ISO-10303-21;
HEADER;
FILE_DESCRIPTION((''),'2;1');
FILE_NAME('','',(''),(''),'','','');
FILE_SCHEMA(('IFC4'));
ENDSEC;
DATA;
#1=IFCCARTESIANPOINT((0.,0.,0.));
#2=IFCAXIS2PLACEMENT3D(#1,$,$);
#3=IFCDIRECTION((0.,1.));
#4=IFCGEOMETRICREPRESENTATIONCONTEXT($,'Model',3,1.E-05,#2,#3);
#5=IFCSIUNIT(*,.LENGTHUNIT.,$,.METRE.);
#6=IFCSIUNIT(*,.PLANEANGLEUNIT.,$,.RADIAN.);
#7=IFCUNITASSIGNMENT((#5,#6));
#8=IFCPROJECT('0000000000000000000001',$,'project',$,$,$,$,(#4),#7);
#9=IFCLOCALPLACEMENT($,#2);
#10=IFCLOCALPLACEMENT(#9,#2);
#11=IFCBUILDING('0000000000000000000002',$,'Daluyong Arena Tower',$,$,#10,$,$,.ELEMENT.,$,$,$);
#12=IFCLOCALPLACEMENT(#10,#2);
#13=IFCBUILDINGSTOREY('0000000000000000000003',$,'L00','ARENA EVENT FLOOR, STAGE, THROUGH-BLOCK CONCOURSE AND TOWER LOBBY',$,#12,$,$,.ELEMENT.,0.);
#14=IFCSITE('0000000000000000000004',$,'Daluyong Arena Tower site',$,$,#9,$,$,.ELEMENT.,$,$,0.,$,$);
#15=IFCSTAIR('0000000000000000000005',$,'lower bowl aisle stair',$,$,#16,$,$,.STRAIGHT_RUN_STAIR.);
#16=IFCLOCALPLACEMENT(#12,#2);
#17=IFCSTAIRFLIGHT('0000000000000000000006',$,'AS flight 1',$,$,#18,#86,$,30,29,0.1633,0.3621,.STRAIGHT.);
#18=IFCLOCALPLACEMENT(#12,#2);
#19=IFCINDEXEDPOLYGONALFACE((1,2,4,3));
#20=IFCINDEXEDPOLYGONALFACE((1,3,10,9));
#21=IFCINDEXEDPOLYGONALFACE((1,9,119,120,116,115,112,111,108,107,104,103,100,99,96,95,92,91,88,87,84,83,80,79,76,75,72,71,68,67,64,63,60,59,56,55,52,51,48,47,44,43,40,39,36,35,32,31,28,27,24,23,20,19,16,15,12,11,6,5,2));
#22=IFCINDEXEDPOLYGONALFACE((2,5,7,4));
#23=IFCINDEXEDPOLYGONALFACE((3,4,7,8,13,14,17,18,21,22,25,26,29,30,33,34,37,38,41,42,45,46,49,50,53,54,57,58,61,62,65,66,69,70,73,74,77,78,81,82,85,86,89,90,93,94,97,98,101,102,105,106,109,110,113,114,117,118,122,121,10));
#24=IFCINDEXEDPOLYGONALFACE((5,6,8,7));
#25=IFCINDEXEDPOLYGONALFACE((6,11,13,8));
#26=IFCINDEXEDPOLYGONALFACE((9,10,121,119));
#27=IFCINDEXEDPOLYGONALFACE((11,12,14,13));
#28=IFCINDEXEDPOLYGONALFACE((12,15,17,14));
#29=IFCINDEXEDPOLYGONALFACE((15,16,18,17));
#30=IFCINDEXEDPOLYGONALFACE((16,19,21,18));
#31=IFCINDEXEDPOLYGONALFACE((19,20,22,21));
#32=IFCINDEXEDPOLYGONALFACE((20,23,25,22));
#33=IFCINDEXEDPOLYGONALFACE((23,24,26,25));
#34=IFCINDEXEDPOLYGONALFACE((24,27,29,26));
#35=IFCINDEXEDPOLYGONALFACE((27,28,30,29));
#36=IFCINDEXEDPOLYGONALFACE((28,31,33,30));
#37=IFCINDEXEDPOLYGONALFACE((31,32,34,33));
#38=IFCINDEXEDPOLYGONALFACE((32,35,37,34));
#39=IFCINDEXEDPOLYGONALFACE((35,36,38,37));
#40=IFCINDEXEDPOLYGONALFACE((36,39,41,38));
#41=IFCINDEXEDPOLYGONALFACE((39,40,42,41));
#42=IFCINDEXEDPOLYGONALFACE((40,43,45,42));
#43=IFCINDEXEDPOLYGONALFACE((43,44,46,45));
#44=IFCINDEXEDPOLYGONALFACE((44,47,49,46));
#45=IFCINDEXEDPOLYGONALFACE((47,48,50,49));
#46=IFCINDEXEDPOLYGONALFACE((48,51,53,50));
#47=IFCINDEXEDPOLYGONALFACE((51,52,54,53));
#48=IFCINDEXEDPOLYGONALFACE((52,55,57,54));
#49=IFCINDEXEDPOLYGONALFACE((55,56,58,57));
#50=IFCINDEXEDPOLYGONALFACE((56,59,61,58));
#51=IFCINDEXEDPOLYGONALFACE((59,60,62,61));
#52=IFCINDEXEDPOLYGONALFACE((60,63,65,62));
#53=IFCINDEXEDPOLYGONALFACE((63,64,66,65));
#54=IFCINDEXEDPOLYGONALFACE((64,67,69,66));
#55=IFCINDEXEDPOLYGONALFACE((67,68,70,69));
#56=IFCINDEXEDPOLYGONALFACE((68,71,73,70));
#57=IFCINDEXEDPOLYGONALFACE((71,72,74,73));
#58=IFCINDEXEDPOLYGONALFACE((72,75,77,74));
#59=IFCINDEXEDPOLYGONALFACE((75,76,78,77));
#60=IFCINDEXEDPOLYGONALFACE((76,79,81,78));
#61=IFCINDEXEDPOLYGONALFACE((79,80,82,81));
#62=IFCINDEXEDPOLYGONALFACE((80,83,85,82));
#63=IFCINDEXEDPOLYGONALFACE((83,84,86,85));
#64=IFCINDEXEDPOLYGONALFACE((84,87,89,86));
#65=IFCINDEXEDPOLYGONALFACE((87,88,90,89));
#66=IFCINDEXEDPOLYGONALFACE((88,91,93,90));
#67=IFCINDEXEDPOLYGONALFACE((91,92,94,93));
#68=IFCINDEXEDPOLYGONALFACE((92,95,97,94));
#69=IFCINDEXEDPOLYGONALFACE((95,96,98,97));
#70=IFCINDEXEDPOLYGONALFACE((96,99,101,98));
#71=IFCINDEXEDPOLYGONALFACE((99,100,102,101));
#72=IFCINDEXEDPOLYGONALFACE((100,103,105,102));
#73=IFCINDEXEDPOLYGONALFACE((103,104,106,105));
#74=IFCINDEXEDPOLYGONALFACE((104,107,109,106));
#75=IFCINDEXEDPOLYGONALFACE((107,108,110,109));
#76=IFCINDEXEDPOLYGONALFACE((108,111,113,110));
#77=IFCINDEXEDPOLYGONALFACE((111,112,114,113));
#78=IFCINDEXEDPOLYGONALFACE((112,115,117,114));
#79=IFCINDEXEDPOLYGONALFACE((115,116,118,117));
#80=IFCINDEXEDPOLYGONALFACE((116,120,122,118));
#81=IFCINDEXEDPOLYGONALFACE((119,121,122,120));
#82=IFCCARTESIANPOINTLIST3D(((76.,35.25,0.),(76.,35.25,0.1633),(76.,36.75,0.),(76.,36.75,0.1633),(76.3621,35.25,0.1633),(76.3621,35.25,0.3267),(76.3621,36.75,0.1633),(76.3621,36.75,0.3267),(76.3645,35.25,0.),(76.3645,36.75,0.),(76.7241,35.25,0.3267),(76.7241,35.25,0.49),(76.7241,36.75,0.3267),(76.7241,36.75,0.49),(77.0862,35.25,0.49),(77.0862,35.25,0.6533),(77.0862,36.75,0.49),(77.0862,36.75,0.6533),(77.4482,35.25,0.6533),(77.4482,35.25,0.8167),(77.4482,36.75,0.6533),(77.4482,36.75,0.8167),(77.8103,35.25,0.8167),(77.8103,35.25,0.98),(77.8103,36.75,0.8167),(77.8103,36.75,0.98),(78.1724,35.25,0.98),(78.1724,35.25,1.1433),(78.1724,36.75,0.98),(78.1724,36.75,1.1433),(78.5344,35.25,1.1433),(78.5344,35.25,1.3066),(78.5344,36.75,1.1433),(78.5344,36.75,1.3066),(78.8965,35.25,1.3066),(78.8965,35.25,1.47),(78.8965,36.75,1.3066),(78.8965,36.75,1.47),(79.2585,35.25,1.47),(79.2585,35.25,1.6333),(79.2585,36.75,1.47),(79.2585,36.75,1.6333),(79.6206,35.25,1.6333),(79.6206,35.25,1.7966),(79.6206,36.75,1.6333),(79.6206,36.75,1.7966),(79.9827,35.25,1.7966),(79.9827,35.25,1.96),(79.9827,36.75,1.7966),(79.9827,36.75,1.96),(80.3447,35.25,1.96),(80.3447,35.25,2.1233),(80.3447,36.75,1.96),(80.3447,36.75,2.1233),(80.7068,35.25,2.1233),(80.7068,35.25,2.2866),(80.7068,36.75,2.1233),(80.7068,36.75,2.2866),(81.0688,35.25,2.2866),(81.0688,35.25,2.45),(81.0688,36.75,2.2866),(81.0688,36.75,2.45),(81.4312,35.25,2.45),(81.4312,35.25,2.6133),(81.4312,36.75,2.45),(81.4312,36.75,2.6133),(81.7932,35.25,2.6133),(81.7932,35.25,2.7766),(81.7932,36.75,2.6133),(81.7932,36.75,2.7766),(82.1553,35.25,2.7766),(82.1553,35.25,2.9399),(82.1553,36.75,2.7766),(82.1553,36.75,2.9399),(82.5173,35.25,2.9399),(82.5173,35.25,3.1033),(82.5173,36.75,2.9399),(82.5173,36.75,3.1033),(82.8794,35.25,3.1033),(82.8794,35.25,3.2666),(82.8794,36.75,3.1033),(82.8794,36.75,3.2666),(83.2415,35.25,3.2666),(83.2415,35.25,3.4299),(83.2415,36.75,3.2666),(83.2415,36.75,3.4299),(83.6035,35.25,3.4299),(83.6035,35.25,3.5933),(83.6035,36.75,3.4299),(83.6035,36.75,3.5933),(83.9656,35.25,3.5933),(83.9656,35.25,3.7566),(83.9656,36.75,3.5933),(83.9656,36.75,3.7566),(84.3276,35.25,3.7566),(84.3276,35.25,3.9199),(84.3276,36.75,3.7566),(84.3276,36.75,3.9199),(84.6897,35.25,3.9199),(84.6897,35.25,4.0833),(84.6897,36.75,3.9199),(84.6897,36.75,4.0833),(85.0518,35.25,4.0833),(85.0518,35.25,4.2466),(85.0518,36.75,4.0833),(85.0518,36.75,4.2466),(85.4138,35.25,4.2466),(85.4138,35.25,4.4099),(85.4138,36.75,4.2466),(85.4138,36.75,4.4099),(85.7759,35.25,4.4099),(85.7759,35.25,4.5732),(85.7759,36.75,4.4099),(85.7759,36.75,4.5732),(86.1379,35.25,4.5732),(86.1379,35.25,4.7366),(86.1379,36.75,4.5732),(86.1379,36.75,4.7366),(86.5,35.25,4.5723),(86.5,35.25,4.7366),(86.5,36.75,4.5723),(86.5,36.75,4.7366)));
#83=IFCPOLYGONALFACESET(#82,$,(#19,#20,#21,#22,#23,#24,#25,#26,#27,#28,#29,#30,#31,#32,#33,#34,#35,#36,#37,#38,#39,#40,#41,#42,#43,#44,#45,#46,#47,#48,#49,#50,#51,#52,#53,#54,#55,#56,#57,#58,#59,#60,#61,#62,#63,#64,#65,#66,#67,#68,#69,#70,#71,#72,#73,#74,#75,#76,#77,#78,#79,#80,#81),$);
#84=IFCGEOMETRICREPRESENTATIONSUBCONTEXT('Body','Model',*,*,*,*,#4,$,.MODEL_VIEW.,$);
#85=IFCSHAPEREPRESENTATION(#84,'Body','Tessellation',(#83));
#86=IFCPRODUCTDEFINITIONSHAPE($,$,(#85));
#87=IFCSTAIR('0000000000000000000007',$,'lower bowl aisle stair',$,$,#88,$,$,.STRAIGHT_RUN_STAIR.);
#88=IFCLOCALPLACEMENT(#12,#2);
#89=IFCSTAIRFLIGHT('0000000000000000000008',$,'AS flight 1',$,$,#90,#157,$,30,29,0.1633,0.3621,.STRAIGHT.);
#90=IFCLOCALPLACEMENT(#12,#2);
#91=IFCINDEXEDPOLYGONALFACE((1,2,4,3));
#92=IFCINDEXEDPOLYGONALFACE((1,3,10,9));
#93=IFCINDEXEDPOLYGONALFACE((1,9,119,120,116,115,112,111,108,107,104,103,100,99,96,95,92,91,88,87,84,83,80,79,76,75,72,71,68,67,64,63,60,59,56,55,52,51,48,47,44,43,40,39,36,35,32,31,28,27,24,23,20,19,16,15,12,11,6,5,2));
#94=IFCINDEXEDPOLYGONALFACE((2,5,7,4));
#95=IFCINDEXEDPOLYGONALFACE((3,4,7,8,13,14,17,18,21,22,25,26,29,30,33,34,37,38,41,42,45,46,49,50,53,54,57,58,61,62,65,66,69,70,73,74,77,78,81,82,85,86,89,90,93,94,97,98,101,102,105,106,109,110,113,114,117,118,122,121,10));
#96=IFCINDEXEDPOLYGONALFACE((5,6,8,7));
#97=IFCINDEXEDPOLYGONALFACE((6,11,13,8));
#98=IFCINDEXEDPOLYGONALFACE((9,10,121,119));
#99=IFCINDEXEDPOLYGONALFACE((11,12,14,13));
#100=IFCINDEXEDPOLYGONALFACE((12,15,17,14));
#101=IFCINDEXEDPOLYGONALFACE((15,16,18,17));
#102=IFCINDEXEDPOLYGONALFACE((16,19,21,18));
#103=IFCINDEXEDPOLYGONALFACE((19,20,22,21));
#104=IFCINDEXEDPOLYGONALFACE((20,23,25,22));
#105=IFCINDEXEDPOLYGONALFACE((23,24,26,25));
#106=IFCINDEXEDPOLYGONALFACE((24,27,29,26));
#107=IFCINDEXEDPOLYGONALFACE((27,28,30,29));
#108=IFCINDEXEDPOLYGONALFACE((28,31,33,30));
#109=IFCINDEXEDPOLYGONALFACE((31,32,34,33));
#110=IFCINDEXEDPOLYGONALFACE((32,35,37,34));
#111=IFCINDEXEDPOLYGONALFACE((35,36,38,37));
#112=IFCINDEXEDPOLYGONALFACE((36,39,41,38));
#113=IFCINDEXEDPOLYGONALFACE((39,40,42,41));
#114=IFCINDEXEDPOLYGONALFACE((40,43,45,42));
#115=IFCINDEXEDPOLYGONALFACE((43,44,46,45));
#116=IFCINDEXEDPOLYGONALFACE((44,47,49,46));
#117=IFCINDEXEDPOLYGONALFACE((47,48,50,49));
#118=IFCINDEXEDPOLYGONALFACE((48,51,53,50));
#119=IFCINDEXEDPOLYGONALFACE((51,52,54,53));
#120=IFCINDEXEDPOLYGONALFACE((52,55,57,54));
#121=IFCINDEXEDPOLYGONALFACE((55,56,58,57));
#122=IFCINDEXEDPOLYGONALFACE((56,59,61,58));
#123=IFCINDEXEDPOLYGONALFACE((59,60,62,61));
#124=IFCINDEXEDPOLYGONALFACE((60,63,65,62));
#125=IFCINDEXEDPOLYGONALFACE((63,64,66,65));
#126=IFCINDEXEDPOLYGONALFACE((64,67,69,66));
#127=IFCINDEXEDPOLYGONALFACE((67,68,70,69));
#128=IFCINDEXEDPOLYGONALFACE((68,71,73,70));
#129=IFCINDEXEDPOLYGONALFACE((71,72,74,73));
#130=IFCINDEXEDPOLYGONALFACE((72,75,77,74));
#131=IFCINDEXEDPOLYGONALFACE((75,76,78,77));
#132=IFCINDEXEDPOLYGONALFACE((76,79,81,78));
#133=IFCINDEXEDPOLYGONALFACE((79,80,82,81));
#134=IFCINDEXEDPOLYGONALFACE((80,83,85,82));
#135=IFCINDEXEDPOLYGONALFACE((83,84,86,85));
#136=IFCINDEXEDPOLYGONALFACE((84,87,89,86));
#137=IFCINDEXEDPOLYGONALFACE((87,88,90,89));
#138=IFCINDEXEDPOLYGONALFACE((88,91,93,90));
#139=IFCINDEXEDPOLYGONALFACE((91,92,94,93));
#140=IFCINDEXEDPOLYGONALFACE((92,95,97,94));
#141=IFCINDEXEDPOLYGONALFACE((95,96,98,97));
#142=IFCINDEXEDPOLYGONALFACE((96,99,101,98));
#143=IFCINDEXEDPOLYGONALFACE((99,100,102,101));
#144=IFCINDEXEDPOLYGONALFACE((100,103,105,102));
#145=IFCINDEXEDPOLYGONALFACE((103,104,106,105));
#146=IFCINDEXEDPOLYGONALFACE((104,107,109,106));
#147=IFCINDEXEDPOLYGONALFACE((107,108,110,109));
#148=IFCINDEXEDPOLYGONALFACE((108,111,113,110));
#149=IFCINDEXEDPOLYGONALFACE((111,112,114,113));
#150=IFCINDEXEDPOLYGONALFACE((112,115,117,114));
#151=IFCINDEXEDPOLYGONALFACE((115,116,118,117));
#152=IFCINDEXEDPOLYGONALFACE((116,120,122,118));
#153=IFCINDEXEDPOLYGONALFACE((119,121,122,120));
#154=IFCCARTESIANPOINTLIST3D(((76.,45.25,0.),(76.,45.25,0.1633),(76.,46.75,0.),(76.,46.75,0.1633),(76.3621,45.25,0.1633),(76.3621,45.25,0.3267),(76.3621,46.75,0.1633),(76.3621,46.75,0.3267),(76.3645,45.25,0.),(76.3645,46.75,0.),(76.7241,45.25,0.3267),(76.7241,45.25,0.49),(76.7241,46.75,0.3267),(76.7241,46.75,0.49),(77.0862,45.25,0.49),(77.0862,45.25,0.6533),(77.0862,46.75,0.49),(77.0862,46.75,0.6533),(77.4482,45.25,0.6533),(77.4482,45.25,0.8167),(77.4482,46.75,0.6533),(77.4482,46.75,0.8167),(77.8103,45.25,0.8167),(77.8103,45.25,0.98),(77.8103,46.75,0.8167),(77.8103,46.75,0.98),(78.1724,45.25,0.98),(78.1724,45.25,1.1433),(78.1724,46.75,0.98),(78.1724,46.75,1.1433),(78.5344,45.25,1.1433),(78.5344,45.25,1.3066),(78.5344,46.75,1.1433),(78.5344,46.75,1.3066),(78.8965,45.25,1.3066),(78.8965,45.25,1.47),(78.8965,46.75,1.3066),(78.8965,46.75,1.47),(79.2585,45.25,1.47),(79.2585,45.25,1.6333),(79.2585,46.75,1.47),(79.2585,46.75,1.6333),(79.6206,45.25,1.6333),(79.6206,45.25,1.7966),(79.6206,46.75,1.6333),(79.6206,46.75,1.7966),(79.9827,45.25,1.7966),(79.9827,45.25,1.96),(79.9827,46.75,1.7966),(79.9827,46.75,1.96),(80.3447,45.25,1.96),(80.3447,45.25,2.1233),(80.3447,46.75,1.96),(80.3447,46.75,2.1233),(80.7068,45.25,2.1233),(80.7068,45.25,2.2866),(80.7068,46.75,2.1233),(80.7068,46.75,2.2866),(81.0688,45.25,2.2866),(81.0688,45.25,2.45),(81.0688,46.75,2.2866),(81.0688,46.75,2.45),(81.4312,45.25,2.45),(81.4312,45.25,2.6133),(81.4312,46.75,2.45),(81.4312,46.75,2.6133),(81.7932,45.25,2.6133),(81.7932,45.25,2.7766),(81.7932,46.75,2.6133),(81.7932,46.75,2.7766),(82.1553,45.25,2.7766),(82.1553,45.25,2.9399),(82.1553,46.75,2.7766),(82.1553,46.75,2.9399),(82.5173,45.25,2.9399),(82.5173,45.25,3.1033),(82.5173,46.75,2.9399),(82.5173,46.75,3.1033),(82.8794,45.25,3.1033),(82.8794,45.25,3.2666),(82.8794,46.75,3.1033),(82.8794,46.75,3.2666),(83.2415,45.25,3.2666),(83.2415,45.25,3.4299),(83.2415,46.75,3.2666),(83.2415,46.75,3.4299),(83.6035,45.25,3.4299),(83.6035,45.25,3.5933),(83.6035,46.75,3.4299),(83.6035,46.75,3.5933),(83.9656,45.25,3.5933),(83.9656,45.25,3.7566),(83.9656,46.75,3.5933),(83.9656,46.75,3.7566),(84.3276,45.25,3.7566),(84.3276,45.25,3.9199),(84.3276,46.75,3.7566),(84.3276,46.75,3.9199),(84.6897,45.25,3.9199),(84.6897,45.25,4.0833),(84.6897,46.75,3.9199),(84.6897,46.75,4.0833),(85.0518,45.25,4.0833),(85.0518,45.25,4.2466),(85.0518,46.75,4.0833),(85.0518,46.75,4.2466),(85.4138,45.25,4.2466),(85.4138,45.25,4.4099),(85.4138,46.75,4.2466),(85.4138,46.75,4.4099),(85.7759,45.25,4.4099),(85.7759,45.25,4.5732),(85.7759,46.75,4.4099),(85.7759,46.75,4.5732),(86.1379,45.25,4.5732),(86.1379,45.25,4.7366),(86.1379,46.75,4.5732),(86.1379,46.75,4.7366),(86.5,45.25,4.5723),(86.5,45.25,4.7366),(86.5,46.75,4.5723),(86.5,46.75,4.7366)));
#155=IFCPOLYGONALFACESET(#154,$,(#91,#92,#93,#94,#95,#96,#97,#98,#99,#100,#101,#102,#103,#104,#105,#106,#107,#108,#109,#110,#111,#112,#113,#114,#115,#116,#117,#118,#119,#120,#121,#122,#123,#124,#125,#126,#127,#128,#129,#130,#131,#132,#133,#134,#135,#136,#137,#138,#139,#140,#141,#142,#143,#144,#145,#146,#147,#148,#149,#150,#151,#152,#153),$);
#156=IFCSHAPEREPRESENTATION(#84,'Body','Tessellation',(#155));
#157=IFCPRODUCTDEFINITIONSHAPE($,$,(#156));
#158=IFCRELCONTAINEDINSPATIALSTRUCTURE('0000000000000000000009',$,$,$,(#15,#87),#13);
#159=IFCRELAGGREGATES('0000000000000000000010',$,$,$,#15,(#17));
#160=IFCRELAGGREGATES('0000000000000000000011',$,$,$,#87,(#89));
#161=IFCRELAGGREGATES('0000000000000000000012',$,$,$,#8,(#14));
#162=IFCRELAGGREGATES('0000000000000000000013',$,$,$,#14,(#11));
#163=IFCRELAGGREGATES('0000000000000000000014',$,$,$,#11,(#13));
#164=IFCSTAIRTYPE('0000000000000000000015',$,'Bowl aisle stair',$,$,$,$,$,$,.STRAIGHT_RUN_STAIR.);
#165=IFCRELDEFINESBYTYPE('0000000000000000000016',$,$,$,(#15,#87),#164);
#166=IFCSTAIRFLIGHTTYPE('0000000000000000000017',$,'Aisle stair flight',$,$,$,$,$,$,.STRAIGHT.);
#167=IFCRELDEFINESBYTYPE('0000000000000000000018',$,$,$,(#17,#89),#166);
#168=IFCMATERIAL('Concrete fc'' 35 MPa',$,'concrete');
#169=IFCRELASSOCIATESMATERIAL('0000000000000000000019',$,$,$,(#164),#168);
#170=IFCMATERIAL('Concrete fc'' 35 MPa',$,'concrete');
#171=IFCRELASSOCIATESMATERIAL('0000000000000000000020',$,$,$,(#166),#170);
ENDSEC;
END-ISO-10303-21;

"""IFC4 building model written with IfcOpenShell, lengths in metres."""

from ifc_helpers import new_model, si_unit, direction, frame, origin, place, context, subcontext, project, spatial, polyline, outline, extrude, material, type_object, element, aggregate, save


model = new_model("IFC4")

# Units and contexts
model_context = context("Model", 3, precision=1e-05, world=origin(), true_north=direction((0.0, 1.0)))
body_context = subcontext(model_context, "Body", "Model", "MODEL_VIEW")
ifc_project = project(units=[si_unit("LENGTHUNIT", "METRE"), si_unit("PLANEANGLEUNIT", "RADIAN")], contexts=[model_context])

# Site, building, storey
site_placement = place(None, origin())
site = spatial("IfcSite", under=ifc_project, at=site_placement, Name="Daluyong Arena Tower site", CompositionType="ELEMENT", RefElevation=0.0)
building_placement = place(site_placement, origin())
building = spatial("IfcBuilding", under=site, at=building_placement, Name="Daluyong Arena Tower", CompositionType="ELEMENT")
storey_placement = place(building_placement, origin())
storey = spatial("IfcBuildingStorey", under=building, at=storey_placement, Name="L00", Description="ARENA EVENT FLOOR, STAGE, THROUGH-BLOCK CONCOURSE AND TOWER LOBBY", CompositionType="ELEMENT", Elevation=0.0)

# Stairs, stair flights
ifc_material_1 = material(Name="Concrete fc' 35 MPa", Category="concrete")
stair_type = type_object("IfcStairType", Name="Bowl aisle stair", PredefinedType="STRAIGHT_RUN_STAIR", material=ifc_material_1)
stair_1_placement = place(storey_placement, origin())
stair_1 = element("IfcStair", 1, at=stair_1_placement, inside=storey, type_object=stair_type, Name="lower bowl aisle stair", PredefinedType="STRAIGHT_RUN_STAIR")
ifc_material_2 = material(Name="Concrete fc' 35 MPa", Category="concrete")
stair_flight_type = type_object("IfcStairFlightType", Name="Aisle stair flight", PredefinedType="STRAIGHT", material=ifc_material_2)
stair_flight_1_placement = place(storey_placement, frame((76.0, 36.0, 0.0), z_axis=(0.0, 0.0, 1.0), x_axis=(1.0, 0.0, 0.0)))
stair_flight_1 = element("IfcStairFlight", 2, at=stair_flight_1_placement, type_object=stair_flight_type, Name="AS flight 1", NumberOfRisers=30, NumberOfTreads=29, PredefinedType="STRAIGHT", RiserHeight=0.1633, TreadLength=0.3621, context=body_context, shape_type="SweptSolid", body=[
    extrude(outline(polyline([(0.0, 0.0), (0.0, 0.1633), (0.3621, 0.1633), (0.3621, 0.3267), (0.7241, 0.3267), (0.7241, 0.49), (1.0862, 0.49), (1.0862, 0.6533), (1.4482, 0.6533), (1.4482, 0.8167), (1.8103, 0.8167), (1.8103, 0.98), (2.1724, 0.98), (2.1724, 1.1433), (2.5344, 1.1433), (2.5344, 1.3066), (2.8965, 1.3066), (2.8965, 1.47), (3.2585, 1.47), (3.2585, 1.6333), (3.6206, 1.6333), (3.6206, 1.7966), (3.9827, 1.7966), (3.9827, 1.96), (4.3447, 1.96), (4.3447, 2.1233), (4.7068, 2.1233), (4.7068, 2.2866), (5.0688, 2.2866), (5.0688, 2.45), (5.4312, 2.45), (5.4312, 2.6133), (5.7932, 2.6133), (5.7932, 2.7766), (6.1553, 2.7766), (6.1553, 2.9399), (6.5173, 2.9399), (6.5173, 3.1033), (6.8794, 3.1033), (6.8794, 3.2666), (7.2415, 3.2666), (7.2415, 3.4299), (7.6035, 3.4299), (7.6035, 3.5933), (7.9656, 3.5933), (7.9656, 3.7566), (8.3276, 3.7566), (8.3276, 3.9199), (8.6897, 3.9199), (8.6897, 4.0833), (9.0518, 4.0833), (9.0518, 4.2466), (9.4138, 4.2466), (9.4138, 4.4099), (9.7759, 4.4099), (9.7759, 4.5732), (10.1379, 4.5732), (10.1379, 4.7366), (10.5, 4.7366), (10.5, 4.8999), (10.5, 4.5723), (0.3645, 0.0), (0.0, 0.0)])), frame((0.0, 0.75, 0.0), z_axis=(0.0, -1.0, 0.0), x_axis=(1.0, 0.0, 0.0)), (0.0, 0.0, 1.0), 1.5),
])
aggregate(stair_1, [stair_flight_1])
stair_2_placement = place(storey_placement, origin())
stair_2 = element("IfcStair", 3, at=stair_2_placement, inside=storey, type_object=stair_type, Name="lower bowl aisle stair", PredefinedType="STRAIGHT_RUN_STAIR")
stair_flight_2_placement = place(storey_placement, frame((76.0, 46.0, 0.0), z_axis=(0.0, 0.0, 1.0), x_axis=(1.0, 0.0, 0.0)))
stair_flight_2 = element("IfcStairFlight", 4, at=stair_flight_2_placement, type_object=stair_flight_type, Name="AS flight 1", NumberOfRisers=30, NumberOfTreads=29, PredefinedType="STRAIGHT", RiserHeight=0.1633, TreadLength=0.3621, context=body_context, shape_type="SweptSolid", body=[
    extrude(outline(polyline([(0.0, 0.0), (0.0, 0.1633), (0.3621, 0.1633), (0.3621, 0.3267), (0.7241, 0.3267), (0.7241, 0.49), (1.0862, 0.49), (1.0862, 0.6533), (1.4482, 0.6533), (1.4482, 0.8167), (1.8103, 0.8167), (1.8103, 0.98), (2.1724, 0.98), (2.1724, 1.1433), (2.5344, 1.1433), (2.5344, 1.3066), (2.8965, 1.3066), (2.8965, 1.47), (3.2585, 1.47), (3.2585, 1.6333), (3.6206, 1.6333), (3.6206, 1.7966), (3.9827, 1.7966), (3.9827, 1.96), (4.3447, 1.96), (4.3447, 2.1233), (4.7068, 2.1233), (4.7068, 2.2866), (5.0688, 2.2866), (5.0688, 2.45), (5.4312, 2.45), (5.4312, 2.6133), (5.7932, 2.6133), (5.7932, 2.7766), (6.1553, 2.7766), (6.1553, 2.9399), (6.5173, 2.9399), (6.5173, 3.1033), (6.8794, 3.1033), (6.8794, 3.2666), (7.2415, 3.2666), (7.2415, 3.4299), (7.6035, 3.4299), (7.6035, 3.5933), (7.9656, 3.5933), (7.9656, 3.7566), (8.3276, 3.7566), (8.3276, 3.9199), (8.6897, 3.9199), (8.6897, 4.0833), (9.0518, 4.0833), (9.0518, 4.2466), (9.4138, 4.2466), (9.4138, 4.4099), (9.7759, 4.4099), (9.7759, 4.5732), (10.1379, 4.5732), (10.1379, 4.7366), (10.5, 4.7366), (10.5, 4.8999), (10.5, 4.5723), (0.3645, 0.0), (0.0, 0.0)])), frame((0.0, 0.75, 0.0), z_axis=(0.0, -1.0, 0.0), x_axis=(1.0, 0.0, 0.0)), (0.0, 0.0, 1.0), 1.5),
])
aggregate(stair_2, [stair_flight_2])

save(model, "model.ifc")
